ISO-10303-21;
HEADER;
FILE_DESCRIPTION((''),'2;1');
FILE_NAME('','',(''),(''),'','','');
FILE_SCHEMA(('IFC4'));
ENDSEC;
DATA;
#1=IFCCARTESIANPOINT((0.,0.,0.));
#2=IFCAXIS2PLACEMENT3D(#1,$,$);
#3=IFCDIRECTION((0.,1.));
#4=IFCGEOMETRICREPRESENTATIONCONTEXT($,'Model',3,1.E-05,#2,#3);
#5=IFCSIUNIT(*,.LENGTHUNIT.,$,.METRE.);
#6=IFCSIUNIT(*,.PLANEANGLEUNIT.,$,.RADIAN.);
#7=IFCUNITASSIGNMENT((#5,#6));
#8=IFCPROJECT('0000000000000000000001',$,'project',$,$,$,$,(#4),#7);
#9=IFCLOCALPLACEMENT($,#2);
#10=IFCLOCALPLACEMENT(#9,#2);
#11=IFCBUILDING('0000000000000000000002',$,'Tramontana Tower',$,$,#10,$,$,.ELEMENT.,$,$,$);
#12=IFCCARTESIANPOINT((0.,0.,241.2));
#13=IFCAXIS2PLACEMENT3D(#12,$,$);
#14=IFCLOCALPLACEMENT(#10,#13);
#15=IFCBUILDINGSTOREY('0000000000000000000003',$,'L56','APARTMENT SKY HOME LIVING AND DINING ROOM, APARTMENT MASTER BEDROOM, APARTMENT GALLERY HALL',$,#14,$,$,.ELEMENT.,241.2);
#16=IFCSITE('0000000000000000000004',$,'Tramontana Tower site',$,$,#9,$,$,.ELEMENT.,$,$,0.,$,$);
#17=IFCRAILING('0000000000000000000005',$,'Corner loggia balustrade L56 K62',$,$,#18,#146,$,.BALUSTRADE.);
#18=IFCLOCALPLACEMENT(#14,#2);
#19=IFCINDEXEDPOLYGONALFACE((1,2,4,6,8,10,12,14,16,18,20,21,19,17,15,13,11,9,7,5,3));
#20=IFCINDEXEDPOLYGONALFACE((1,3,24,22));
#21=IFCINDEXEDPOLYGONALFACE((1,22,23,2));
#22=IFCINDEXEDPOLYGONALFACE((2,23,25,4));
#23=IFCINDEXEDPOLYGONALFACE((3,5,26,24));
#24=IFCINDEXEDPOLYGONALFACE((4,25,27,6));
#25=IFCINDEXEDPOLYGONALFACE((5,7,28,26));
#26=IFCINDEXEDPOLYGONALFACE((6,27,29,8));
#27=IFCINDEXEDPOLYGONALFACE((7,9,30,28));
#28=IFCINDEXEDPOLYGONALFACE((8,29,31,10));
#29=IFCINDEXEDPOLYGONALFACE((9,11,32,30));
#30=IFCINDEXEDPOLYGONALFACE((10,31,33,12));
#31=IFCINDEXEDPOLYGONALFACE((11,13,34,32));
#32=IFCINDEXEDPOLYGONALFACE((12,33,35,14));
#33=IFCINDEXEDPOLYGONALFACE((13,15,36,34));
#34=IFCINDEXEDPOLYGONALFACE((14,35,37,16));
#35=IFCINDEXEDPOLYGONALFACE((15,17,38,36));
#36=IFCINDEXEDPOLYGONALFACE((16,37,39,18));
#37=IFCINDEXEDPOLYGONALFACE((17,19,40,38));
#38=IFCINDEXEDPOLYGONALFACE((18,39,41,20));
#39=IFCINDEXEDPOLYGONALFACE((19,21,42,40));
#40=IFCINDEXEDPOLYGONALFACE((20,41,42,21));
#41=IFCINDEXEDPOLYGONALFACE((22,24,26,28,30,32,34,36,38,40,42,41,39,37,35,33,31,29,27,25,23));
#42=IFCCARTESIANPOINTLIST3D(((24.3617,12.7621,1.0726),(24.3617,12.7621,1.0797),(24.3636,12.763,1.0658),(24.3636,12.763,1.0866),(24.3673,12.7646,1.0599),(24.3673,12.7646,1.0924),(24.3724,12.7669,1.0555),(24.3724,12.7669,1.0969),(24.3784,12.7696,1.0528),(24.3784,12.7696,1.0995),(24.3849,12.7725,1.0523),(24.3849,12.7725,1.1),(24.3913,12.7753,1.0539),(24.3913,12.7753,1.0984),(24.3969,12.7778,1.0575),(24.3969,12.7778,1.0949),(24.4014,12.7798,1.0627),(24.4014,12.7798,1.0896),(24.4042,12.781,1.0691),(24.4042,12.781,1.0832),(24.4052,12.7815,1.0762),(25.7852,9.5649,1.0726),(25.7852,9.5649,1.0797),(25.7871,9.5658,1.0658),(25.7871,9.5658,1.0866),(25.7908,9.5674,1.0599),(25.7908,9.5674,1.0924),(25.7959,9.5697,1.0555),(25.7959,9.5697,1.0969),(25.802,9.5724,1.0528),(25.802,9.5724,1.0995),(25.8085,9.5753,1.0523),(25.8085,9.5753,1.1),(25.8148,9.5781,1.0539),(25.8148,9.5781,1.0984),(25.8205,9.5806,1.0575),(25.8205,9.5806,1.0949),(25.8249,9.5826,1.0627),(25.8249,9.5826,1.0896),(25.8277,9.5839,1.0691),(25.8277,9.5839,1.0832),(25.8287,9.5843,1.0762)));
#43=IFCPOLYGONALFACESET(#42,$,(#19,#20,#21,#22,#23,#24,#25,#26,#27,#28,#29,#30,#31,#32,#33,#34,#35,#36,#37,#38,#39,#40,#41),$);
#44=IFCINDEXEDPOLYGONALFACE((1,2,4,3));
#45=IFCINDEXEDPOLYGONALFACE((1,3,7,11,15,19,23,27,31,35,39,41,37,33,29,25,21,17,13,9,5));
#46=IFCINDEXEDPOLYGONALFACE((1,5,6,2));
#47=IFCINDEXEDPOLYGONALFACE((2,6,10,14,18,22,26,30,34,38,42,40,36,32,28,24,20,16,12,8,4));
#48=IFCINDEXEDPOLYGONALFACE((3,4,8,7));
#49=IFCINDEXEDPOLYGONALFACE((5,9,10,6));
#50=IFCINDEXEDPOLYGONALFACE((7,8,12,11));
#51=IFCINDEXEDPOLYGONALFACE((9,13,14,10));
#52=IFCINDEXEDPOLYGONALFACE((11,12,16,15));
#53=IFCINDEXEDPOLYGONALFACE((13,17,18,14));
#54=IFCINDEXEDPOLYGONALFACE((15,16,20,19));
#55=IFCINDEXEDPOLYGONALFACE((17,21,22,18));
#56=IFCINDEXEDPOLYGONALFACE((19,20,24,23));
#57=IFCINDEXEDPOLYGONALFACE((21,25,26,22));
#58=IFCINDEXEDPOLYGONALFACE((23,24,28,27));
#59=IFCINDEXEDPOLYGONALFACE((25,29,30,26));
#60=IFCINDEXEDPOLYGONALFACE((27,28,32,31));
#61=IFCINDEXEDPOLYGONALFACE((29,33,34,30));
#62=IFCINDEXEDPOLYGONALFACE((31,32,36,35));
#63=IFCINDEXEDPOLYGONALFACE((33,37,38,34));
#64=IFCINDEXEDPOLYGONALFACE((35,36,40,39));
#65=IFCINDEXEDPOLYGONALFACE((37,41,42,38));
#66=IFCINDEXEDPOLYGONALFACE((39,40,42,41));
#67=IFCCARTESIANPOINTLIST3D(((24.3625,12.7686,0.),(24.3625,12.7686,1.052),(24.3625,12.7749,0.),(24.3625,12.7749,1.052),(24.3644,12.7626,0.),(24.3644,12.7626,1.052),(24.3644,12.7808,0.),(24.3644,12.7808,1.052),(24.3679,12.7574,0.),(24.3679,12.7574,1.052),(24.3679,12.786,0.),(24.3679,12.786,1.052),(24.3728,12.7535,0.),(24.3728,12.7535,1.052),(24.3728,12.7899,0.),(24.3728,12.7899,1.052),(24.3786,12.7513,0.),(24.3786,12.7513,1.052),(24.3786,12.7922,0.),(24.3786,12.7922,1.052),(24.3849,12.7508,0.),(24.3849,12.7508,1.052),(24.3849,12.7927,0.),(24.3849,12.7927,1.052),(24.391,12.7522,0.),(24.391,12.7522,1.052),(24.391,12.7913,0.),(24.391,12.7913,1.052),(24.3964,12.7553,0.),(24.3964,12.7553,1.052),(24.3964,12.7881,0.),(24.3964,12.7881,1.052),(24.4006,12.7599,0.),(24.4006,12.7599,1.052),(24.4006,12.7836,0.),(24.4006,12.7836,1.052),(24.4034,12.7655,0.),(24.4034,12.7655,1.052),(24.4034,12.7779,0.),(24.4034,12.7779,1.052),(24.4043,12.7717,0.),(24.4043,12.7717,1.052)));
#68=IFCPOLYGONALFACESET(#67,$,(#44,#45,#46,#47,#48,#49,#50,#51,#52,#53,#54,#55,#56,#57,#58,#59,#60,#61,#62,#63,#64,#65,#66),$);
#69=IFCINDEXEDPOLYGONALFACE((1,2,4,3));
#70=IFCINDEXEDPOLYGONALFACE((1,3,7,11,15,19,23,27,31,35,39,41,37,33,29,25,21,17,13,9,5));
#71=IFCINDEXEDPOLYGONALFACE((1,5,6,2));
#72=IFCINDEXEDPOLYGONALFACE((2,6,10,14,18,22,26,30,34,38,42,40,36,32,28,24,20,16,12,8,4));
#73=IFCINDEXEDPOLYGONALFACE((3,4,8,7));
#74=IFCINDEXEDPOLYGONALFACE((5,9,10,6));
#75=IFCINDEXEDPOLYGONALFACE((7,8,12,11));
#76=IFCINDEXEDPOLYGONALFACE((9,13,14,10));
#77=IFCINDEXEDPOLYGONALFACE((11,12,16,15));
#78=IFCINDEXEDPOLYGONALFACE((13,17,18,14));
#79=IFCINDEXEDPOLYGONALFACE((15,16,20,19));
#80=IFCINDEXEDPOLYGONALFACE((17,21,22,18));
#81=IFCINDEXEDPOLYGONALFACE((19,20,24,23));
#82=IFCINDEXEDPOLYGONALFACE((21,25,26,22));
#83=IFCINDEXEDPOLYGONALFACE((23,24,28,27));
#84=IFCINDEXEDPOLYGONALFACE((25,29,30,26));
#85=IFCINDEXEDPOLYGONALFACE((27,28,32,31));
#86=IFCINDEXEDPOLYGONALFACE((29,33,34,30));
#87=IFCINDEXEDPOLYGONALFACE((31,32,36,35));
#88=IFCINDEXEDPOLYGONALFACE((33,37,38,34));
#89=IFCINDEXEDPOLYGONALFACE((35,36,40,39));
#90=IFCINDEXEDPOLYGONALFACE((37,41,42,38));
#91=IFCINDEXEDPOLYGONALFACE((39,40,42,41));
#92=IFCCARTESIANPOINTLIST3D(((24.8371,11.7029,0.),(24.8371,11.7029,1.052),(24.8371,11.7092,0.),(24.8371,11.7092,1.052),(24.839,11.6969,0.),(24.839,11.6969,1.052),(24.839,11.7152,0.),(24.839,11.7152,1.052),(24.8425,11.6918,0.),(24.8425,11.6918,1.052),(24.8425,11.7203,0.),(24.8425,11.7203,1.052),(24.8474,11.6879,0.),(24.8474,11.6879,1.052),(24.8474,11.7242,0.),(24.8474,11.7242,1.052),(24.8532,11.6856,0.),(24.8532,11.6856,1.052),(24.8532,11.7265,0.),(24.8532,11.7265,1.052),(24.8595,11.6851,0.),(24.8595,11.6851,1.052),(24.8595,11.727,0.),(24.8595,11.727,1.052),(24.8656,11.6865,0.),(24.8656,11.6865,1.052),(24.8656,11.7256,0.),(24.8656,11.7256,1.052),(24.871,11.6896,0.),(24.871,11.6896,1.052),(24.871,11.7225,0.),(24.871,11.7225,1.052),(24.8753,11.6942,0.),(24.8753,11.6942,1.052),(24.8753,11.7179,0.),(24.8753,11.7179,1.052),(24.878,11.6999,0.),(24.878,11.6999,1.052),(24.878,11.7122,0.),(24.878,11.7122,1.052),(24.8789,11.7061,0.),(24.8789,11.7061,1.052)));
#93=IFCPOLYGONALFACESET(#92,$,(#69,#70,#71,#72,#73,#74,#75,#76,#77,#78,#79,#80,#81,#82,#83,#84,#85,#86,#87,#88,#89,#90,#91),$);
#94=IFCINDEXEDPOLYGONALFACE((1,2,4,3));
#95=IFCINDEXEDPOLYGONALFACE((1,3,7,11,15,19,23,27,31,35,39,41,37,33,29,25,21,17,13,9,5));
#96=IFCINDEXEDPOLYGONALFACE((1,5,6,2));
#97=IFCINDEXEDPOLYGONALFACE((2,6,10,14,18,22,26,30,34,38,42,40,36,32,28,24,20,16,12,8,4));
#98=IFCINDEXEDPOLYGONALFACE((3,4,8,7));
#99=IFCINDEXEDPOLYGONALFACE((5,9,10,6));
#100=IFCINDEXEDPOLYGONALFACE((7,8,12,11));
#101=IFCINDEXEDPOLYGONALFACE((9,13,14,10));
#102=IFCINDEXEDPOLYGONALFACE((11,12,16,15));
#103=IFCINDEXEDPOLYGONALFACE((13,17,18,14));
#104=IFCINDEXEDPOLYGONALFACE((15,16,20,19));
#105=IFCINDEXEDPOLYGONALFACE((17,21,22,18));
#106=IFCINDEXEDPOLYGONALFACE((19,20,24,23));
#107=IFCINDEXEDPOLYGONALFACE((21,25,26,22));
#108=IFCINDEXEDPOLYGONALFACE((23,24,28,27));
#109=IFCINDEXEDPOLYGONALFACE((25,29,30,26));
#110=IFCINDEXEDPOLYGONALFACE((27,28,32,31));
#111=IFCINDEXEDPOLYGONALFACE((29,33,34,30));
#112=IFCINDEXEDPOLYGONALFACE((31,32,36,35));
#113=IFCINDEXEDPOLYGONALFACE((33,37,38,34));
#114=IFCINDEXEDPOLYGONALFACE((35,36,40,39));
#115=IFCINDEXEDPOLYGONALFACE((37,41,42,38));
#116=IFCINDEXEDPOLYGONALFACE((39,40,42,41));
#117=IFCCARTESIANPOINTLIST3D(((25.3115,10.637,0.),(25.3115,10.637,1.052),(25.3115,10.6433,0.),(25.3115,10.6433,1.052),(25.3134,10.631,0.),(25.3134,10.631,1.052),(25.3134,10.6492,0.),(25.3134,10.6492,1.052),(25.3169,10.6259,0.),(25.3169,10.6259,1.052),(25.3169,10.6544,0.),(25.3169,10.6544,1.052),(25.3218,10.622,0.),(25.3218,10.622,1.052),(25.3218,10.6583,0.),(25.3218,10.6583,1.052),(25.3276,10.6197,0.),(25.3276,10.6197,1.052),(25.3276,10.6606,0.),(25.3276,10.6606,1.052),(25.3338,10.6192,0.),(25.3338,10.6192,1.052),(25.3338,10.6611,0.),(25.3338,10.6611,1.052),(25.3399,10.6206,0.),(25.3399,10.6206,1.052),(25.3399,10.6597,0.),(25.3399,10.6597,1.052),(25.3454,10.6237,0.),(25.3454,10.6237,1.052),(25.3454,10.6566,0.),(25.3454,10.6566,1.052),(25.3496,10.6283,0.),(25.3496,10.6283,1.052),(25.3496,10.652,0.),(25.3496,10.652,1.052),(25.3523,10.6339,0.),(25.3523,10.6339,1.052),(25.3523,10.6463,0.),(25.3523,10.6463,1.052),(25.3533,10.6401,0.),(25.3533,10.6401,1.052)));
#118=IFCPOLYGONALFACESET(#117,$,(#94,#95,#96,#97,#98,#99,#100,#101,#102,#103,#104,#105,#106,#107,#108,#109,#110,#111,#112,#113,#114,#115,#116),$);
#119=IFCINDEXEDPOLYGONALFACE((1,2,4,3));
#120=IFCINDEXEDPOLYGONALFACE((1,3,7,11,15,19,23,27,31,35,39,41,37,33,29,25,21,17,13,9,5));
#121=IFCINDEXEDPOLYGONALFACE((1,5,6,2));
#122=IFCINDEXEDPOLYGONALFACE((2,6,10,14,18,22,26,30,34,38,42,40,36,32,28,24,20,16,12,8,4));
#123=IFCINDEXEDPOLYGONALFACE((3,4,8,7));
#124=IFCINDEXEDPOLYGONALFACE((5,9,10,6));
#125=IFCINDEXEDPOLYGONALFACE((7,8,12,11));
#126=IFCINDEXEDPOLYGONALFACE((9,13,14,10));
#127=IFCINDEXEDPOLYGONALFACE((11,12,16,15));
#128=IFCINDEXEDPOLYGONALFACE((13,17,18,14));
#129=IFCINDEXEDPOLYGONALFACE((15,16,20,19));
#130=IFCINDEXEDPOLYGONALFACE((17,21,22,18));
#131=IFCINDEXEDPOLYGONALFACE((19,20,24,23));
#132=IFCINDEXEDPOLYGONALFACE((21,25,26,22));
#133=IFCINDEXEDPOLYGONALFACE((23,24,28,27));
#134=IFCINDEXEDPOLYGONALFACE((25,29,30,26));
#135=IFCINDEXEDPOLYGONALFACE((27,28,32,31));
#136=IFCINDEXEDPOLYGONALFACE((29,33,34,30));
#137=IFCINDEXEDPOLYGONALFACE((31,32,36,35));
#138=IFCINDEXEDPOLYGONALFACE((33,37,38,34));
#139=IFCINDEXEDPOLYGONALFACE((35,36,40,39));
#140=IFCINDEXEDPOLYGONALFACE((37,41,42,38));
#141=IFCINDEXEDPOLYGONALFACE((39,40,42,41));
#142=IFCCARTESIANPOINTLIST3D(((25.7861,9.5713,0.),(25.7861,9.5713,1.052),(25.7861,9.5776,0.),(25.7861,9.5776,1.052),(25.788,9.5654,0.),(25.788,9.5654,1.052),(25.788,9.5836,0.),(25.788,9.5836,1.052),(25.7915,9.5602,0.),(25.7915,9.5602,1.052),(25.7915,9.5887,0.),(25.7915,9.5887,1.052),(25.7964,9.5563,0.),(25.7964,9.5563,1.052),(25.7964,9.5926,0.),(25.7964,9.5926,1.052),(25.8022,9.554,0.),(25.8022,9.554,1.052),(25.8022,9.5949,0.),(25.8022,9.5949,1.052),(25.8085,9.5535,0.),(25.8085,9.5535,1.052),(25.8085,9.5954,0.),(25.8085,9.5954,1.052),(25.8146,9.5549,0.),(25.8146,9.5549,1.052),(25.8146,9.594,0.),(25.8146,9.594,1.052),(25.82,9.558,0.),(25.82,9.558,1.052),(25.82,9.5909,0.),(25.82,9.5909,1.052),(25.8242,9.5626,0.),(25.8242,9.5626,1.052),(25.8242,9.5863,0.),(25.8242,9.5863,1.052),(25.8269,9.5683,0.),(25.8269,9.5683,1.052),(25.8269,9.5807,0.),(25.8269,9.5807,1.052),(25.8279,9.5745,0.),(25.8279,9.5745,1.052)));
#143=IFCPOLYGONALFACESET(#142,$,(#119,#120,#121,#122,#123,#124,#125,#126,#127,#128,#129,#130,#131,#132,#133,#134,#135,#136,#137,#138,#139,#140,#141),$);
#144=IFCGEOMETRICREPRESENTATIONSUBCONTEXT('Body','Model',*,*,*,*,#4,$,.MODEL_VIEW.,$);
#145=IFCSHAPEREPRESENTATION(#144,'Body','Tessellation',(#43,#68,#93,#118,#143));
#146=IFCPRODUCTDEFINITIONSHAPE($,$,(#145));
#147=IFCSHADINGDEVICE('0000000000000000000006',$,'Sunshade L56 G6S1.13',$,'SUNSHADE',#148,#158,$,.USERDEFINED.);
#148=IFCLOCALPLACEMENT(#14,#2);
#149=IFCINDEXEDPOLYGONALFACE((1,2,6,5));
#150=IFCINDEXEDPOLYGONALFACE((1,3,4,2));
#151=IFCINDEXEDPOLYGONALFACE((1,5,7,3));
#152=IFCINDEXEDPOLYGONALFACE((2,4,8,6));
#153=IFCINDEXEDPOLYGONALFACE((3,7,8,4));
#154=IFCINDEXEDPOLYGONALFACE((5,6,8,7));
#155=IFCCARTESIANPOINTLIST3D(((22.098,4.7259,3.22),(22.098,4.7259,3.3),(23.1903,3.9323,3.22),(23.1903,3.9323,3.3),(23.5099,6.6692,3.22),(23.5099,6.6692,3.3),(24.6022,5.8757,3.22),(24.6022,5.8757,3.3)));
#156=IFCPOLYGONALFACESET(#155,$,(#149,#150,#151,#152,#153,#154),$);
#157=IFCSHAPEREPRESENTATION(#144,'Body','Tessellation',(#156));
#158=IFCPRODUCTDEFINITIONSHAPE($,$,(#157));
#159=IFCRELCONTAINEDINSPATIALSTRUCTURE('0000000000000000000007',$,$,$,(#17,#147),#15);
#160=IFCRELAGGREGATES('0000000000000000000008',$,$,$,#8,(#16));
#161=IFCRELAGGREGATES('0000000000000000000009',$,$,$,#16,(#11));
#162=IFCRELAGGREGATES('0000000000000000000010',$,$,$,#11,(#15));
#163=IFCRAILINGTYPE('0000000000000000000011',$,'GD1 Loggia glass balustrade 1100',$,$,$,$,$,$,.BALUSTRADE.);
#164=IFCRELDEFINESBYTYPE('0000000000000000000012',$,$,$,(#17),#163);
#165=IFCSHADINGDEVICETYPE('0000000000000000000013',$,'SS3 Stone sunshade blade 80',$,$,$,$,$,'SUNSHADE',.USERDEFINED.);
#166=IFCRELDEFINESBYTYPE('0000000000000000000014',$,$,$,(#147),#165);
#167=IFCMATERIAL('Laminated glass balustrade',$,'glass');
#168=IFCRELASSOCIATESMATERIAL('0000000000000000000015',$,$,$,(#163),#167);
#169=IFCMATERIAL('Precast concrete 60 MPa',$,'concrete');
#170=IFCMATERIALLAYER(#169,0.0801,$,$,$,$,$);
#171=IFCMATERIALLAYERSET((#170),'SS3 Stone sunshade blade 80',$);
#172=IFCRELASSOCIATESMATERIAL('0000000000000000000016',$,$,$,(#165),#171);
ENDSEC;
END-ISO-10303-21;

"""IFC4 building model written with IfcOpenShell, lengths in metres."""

from ifc_helpers import new_model, si_unit, direction, frame, origin, origin_2d, place, context, subcontext, project, spatial, rectangle, circle, extrude, material, layer, layer_set, type_object, element, save


model = new_model("IFC4")

# Units and contexts
model_context = context("Model", 3, precision=1e-05, world=origin(), true_north=direction((0.0, 1.0)))
body_context = subcontext(model_context, "Body", "Model", "MODEL_VIEW")
ifc_project = project(units=[si_unit("LENGTHUNIT", "METRE"), si_unit("PLANEANGLEUNIT", "RADIAN")], contexts=[model_context])

# Site, building, storey
site_placement = place(None, origin())
site = spatial("IfcSite", under=ifc_project, at=site_placement, Name="Tramontana Tower site", CompositionType="ELEMENT", RefElevation=0.0)
building_placement = place(site_placement, origin())
building = spatial("IfcBuilding", under=site, at=building_placement, Name="Tramontana Tower", CompositionType="ELEMENT")
storey_placement = place(building_placement, frame((0.0, 0.0, 241.2)))
storey = spatial("IfcBuildingStorey", under=building, at=storey_placement, Name="L56", Description="APARTMENT SKY HOME LIVING AND DINING ROOM, APARTMENT MASTER BEDROOM, APARTMENT GALLERY HALL", CompositionType="ELEMENT", Elevation=241.2)

# Railing
ifc_material_1 = material(Name="Laminated glass balustrade", Category="glass")
railing_type = type_object("IfcRailingType", Name="GD1 Loggia glass balustrade 1100", PredefinedType="BALUSTRADE", material=ifc_material_1)
railing_1_placement = place(storey_placement, frame((24.3833, 12.7717, 0.0)))
element("IfcRailing", 1, at=railing_1_placement, inside=storey, type_object=railing_type, Name="Corner loggia balustrade L56 K62", PredefinedType="BALUSTRADE", context=body_context, shape_type="SweptSolid", body=[
    extrude(circle(Radius=0.0239, at=origin_2d()), frame((0.0, 0.0, 1.0762), z_axis=(0.406753, -0.913538, 0.0), x_axis=(0.913538, 0.406753, 0.0)), (0.0, 0.0, 1.0), 3.4998),
    extrude(circle(Radius=0.021, at=origin_2d()), origin(), (0.0, 0.0, 1.0), 1.052),
    extrude(circle(Radius=0.021, at=origin_2d()), frame((0.4746, -1.0657, 0.0)), (0.0, 0.0, 1.0), 1.052),
    extrude(circle(Radius=0.021, at=origin_2d()), frame((0.949, -2.1316, 0.0)), (0.0, 0.0, 1.0), 1.052),
    extrude(circle(Radius=0.021, at=origin_2d()), frame((1.4236, -3.1973, 0.0)), (0.0, 0.0, 1.0), 1.052),
])

# Shading device
ifc_material_2 = material(Name="Precast concrete 60 MPa", Category="concrete")
ifc_layer_1 = layer(ifc_material_2, 0.0801)
ifc_layer_set_1 = layer_set([ifc_layer_1], Name="SS3 Stone sunshade blade 80")
shading_device_type = type_object("IfcShadingDeviceType", Name="SS3 Stone sunshade blade 80", ElementType="SUNSHADE", PredefinedType="USERDEFINED", material=ifc_layer_set_1)
shading_device_placement = place(storey_placement, frame((23.3501, 5.3008, 3.22), z_axis=(0.0, 0.0, 1.0), x_axis=(0.587785, 0.809017, 0.0)))
element("IfcShadingDevice", 2, at=shading_device_placement, inside=storey, type_object=shading_device_type, Name="Sunshade L56 G6S1.13", ObjectType="SUNSHADE", PredefinedType="USERDEFINED", context=body_context, shape_type="SweptSolid", body=[
    extrude(rectangle(XDim=2.4021, YDim=1.3501, at=origin_2d()), origin(), (0.0, 0.0, 1.0), 0.0801),
])

save(model, "model.ifc")
